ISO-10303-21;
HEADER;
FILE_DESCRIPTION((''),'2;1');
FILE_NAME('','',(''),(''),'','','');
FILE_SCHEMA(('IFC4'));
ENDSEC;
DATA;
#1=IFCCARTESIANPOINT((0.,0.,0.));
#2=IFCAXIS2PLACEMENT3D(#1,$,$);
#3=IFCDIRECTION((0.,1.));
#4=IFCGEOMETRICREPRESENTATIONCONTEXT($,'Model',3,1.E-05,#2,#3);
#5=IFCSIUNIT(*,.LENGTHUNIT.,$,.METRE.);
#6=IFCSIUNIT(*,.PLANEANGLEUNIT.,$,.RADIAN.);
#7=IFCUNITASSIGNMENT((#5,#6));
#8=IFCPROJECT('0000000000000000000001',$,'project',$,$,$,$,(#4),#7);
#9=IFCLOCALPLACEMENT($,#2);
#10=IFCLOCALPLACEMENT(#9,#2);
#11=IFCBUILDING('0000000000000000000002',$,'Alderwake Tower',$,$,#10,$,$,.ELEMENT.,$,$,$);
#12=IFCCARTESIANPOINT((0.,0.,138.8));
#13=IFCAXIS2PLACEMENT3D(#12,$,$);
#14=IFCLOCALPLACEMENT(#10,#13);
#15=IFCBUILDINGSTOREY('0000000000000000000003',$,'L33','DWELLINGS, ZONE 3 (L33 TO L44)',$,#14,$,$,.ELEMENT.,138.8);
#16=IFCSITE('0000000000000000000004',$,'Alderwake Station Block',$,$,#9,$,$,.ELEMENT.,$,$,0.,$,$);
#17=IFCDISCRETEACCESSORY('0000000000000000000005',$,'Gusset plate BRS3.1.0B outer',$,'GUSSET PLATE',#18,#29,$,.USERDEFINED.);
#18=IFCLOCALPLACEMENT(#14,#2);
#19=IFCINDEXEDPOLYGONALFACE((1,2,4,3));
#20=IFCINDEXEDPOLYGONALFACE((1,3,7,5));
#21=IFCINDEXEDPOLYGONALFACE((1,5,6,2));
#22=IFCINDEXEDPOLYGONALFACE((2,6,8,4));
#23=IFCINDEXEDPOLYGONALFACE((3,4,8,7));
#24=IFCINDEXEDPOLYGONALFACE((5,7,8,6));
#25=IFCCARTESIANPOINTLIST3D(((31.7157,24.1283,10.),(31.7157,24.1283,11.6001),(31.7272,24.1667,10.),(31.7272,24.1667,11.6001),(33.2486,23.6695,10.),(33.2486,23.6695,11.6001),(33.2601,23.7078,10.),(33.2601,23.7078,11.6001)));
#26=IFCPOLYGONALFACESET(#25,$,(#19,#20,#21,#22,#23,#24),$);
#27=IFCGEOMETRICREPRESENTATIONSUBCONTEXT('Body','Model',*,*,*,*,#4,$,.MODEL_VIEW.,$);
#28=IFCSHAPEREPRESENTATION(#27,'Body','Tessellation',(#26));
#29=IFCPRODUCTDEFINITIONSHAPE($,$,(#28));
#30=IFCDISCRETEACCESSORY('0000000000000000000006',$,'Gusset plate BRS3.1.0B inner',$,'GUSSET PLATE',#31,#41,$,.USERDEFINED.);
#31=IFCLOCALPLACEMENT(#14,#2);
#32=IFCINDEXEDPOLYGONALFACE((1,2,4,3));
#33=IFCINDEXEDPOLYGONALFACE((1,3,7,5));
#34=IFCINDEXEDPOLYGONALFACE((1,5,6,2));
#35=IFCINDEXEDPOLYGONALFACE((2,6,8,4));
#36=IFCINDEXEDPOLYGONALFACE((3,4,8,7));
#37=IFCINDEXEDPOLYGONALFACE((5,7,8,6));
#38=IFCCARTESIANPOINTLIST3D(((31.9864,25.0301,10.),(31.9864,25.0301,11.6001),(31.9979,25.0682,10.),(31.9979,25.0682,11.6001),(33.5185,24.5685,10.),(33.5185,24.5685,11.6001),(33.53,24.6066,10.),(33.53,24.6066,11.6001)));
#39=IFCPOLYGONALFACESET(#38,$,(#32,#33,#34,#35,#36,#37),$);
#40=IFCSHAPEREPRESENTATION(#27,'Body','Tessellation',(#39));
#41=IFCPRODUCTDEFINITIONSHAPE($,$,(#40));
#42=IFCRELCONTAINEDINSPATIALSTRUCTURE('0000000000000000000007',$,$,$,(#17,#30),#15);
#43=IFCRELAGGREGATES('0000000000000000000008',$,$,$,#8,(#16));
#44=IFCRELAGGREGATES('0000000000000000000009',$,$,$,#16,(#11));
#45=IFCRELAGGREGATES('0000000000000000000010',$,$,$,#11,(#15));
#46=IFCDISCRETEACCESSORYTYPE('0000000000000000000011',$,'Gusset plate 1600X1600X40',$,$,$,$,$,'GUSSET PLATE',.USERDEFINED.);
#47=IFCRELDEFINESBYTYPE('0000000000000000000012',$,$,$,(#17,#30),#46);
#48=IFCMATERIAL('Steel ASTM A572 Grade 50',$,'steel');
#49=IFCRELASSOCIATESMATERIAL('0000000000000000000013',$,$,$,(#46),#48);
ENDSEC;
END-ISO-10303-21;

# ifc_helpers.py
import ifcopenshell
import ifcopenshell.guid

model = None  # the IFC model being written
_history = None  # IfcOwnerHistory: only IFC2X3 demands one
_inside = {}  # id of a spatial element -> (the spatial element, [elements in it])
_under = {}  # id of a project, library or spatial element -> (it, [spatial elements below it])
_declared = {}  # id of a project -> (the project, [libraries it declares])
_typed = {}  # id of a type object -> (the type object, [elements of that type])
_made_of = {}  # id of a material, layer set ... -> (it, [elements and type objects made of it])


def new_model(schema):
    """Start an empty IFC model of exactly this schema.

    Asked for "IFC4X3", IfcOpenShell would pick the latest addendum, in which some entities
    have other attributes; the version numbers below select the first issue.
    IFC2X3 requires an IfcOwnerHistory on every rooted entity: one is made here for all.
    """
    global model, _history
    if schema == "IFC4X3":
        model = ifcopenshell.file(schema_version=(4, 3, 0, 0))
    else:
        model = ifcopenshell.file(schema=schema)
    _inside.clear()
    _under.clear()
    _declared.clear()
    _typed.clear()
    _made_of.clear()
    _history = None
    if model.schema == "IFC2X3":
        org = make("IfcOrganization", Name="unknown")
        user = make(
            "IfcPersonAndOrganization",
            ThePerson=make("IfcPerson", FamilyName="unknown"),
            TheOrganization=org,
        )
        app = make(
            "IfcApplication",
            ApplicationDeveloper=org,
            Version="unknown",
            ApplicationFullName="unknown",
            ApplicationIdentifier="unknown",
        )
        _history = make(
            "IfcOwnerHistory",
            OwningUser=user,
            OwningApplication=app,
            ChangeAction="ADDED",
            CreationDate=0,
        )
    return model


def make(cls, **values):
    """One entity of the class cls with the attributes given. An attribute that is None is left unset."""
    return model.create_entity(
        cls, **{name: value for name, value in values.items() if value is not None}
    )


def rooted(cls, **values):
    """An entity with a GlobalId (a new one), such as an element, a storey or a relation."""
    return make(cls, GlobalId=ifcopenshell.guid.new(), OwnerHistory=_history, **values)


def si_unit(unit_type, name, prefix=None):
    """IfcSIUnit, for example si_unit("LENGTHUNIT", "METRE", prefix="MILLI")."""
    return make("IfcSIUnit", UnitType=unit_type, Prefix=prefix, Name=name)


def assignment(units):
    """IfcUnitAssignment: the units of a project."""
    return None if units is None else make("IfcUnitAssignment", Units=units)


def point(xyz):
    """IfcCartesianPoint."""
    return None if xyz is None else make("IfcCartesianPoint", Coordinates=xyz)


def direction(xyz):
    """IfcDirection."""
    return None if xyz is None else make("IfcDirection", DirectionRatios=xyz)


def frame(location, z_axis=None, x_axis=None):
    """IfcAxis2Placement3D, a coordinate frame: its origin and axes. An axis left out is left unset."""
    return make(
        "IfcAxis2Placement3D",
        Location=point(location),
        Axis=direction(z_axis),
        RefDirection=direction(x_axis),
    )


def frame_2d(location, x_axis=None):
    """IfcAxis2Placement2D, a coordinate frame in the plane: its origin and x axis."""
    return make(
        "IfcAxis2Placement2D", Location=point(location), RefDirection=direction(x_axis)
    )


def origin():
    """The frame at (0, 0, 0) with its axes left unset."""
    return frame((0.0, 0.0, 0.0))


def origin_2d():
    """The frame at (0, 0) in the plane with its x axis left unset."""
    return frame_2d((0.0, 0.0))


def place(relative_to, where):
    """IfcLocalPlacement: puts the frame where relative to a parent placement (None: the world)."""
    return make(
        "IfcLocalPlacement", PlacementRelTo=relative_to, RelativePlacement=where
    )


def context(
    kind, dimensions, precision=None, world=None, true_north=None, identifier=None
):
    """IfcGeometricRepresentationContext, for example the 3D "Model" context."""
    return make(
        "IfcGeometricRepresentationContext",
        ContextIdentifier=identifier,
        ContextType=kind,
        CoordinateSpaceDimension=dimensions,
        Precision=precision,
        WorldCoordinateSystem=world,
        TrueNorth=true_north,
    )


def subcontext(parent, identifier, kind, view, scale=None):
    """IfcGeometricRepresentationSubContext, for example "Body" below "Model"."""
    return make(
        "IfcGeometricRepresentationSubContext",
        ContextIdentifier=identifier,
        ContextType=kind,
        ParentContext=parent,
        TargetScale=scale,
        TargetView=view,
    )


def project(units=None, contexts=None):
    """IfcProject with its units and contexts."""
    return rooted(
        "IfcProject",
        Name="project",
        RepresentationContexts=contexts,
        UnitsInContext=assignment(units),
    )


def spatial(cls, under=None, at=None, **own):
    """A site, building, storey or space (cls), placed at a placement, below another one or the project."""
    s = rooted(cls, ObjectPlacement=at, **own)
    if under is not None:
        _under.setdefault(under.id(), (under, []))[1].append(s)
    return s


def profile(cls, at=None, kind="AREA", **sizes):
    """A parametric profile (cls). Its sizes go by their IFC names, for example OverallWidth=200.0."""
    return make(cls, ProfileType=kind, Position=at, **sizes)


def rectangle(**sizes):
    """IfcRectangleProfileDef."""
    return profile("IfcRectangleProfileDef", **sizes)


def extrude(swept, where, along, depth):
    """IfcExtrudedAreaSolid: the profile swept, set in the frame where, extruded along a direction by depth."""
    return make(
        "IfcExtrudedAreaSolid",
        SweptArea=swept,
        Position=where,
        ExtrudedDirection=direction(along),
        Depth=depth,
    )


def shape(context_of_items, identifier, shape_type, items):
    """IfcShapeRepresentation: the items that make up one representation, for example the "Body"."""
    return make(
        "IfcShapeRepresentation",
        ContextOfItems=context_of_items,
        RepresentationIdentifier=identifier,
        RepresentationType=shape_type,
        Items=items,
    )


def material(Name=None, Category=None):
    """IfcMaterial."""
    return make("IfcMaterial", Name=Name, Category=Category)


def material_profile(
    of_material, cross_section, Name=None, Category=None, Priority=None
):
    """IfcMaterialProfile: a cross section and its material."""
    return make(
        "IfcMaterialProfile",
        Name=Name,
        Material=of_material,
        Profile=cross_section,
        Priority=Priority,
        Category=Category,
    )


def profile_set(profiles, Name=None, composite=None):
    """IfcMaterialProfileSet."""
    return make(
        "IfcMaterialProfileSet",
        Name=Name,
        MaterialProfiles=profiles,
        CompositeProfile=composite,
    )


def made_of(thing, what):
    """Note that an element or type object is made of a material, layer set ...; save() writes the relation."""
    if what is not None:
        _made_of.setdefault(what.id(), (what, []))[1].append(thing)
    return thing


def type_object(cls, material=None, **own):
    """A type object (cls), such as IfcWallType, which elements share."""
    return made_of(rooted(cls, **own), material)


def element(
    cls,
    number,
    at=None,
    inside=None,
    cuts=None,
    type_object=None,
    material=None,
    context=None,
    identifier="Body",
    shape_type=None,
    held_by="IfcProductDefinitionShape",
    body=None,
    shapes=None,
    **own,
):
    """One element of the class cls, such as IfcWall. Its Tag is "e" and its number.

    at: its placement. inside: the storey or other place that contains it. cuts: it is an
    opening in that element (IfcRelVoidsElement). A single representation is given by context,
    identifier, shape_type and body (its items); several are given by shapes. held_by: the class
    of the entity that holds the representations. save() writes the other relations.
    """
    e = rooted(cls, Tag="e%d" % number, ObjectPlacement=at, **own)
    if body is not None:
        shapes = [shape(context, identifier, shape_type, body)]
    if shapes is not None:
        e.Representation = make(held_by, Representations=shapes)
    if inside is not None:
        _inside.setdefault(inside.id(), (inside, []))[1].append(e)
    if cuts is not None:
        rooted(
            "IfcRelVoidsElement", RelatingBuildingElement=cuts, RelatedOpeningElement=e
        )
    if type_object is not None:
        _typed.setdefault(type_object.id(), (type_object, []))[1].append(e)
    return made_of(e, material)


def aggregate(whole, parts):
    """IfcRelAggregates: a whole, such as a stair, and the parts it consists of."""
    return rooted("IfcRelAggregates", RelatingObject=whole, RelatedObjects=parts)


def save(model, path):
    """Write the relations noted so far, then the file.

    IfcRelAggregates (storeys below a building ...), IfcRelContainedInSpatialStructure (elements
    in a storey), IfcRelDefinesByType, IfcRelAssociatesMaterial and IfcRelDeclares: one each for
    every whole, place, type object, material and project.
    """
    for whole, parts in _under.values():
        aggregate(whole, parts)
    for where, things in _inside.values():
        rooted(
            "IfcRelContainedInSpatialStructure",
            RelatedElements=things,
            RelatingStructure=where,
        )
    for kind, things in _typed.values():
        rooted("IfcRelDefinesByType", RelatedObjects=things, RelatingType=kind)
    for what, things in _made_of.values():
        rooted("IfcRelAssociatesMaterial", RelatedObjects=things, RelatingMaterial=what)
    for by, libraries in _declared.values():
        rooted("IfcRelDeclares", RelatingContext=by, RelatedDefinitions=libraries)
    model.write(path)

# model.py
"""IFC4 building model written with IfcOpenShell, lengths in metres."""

from ifc_helpers import new_model, si_unit, direction, frame, origin, origin_2d, place, context, subcontext, project, spatial, rectangle, extrude, material, material_profile, profile_set, type_object, element, save


model = new_model("IFC4")

# Units and contexts
model_context = context("Model", 3, precision=1e-05, world=origin(), true_north=direction((0.0, 1.0)))
body_context = subcontext(model_context, "Body", "Model", "MODEL_VIEW")
ifc_project = project(units=[si_unit("LENGTHUNIT", "METRE"), si_unit("PLANEANGLEUNIT", "RADIAN")], contexts=[model_context])

# Site, building, storey
site_placement = place(None, origin())
site = spatial("IfcSite", under=ifc_project, at=site_placement, Name="Alderwake Station Block", CompositionType="ELEMENT", RefElevation=0.0)
building_placement = place(site_placement, origin())
building = spatial("IfcBuilding", under=site, at=building_placement, Name="Alderwake Tower", CompositionType="ELEMENT")
storey_placement = place(building_placement, frame((0.0, 0.0, 138.8)))
storey = spatial("IfcBuildingStorey", under=building, at=storey_placement, Name="L33", Description="DWELLINGS, ZONE 3 (L33 TO L44)", CompositionType="ELEMENT", Elevation=138.8)

# Discrete accessories
ifc_material_1 = material(Name="Steel ASTM A572 Grade 50", Category="steel")
ifc_material_profile_1 = material_profile(ifc_material_1, rectangle(XDim=1.6001, YDim=1.6001, at=origin_2d()), Name="gusset 1600X1600")
ifc_profile_set_1 = profile_set([ifc_material_profile_1], Name="Steel ASTM A572 Grade 50")
discrete_accessory_type_1 = type_object("IfcDiscreteAccessoryType", Name="Gusset plate 1600X1600X40", ElementType="GUSSET PLATE", PredefinedType="USERDEFINED", material=ifc_profile_set_1)
discrete_accessory_1_placement = place(storey_placement, frame((32.4937, 23.9373, 10.8), z_axis=(-0.286788, -0.957994, 0.0), x_axis=(0.957994, -0.286788, 0.0)))
element("IfcDiscreteAccessory", 1, at=discrete_accessory_1_placement, inside=storey, type_object=discrete_accessory_type_1, Name="Gusset plate BRS3.1.0B outer", ObjectType="GUSSET PLATE", PredefinedType="USERDEFINED", context=body_context, shape_type="SweptSolid", body=[
    extrude(rectangle(XDim=1.6001, YDim=1.6001, at=origin_2d()), origin(), (0.0, 0.0, 1.0), 0.04),
])
discrete_accessory_2_placement = place(storey_placement, frame((32.7524, 24.7993, 10.8), z_axis=(0.288474, 0.957488, 0.0), x_axis=(-0.957488, 0.288474, 0.0)))
element("IfcDiscreteAccessory", 2, at=discrete_accessory_2_placement, inside=storey, type_object=discrete_accessory_type_1, Name="Gusset plate BRS3.1.0B inner", ObjectType="GUSSET PLATE", PredefinedType="USERDEFINED", context=body_context, shape_type="SweptSolid", body=[
    extrude(rectangle(XDim=1.6001, YDim=1.6001, at=origin_2d()), origin(), (0.0, 0.0, 1.0), 0.0398),
])

save(model, "model.ifc")
